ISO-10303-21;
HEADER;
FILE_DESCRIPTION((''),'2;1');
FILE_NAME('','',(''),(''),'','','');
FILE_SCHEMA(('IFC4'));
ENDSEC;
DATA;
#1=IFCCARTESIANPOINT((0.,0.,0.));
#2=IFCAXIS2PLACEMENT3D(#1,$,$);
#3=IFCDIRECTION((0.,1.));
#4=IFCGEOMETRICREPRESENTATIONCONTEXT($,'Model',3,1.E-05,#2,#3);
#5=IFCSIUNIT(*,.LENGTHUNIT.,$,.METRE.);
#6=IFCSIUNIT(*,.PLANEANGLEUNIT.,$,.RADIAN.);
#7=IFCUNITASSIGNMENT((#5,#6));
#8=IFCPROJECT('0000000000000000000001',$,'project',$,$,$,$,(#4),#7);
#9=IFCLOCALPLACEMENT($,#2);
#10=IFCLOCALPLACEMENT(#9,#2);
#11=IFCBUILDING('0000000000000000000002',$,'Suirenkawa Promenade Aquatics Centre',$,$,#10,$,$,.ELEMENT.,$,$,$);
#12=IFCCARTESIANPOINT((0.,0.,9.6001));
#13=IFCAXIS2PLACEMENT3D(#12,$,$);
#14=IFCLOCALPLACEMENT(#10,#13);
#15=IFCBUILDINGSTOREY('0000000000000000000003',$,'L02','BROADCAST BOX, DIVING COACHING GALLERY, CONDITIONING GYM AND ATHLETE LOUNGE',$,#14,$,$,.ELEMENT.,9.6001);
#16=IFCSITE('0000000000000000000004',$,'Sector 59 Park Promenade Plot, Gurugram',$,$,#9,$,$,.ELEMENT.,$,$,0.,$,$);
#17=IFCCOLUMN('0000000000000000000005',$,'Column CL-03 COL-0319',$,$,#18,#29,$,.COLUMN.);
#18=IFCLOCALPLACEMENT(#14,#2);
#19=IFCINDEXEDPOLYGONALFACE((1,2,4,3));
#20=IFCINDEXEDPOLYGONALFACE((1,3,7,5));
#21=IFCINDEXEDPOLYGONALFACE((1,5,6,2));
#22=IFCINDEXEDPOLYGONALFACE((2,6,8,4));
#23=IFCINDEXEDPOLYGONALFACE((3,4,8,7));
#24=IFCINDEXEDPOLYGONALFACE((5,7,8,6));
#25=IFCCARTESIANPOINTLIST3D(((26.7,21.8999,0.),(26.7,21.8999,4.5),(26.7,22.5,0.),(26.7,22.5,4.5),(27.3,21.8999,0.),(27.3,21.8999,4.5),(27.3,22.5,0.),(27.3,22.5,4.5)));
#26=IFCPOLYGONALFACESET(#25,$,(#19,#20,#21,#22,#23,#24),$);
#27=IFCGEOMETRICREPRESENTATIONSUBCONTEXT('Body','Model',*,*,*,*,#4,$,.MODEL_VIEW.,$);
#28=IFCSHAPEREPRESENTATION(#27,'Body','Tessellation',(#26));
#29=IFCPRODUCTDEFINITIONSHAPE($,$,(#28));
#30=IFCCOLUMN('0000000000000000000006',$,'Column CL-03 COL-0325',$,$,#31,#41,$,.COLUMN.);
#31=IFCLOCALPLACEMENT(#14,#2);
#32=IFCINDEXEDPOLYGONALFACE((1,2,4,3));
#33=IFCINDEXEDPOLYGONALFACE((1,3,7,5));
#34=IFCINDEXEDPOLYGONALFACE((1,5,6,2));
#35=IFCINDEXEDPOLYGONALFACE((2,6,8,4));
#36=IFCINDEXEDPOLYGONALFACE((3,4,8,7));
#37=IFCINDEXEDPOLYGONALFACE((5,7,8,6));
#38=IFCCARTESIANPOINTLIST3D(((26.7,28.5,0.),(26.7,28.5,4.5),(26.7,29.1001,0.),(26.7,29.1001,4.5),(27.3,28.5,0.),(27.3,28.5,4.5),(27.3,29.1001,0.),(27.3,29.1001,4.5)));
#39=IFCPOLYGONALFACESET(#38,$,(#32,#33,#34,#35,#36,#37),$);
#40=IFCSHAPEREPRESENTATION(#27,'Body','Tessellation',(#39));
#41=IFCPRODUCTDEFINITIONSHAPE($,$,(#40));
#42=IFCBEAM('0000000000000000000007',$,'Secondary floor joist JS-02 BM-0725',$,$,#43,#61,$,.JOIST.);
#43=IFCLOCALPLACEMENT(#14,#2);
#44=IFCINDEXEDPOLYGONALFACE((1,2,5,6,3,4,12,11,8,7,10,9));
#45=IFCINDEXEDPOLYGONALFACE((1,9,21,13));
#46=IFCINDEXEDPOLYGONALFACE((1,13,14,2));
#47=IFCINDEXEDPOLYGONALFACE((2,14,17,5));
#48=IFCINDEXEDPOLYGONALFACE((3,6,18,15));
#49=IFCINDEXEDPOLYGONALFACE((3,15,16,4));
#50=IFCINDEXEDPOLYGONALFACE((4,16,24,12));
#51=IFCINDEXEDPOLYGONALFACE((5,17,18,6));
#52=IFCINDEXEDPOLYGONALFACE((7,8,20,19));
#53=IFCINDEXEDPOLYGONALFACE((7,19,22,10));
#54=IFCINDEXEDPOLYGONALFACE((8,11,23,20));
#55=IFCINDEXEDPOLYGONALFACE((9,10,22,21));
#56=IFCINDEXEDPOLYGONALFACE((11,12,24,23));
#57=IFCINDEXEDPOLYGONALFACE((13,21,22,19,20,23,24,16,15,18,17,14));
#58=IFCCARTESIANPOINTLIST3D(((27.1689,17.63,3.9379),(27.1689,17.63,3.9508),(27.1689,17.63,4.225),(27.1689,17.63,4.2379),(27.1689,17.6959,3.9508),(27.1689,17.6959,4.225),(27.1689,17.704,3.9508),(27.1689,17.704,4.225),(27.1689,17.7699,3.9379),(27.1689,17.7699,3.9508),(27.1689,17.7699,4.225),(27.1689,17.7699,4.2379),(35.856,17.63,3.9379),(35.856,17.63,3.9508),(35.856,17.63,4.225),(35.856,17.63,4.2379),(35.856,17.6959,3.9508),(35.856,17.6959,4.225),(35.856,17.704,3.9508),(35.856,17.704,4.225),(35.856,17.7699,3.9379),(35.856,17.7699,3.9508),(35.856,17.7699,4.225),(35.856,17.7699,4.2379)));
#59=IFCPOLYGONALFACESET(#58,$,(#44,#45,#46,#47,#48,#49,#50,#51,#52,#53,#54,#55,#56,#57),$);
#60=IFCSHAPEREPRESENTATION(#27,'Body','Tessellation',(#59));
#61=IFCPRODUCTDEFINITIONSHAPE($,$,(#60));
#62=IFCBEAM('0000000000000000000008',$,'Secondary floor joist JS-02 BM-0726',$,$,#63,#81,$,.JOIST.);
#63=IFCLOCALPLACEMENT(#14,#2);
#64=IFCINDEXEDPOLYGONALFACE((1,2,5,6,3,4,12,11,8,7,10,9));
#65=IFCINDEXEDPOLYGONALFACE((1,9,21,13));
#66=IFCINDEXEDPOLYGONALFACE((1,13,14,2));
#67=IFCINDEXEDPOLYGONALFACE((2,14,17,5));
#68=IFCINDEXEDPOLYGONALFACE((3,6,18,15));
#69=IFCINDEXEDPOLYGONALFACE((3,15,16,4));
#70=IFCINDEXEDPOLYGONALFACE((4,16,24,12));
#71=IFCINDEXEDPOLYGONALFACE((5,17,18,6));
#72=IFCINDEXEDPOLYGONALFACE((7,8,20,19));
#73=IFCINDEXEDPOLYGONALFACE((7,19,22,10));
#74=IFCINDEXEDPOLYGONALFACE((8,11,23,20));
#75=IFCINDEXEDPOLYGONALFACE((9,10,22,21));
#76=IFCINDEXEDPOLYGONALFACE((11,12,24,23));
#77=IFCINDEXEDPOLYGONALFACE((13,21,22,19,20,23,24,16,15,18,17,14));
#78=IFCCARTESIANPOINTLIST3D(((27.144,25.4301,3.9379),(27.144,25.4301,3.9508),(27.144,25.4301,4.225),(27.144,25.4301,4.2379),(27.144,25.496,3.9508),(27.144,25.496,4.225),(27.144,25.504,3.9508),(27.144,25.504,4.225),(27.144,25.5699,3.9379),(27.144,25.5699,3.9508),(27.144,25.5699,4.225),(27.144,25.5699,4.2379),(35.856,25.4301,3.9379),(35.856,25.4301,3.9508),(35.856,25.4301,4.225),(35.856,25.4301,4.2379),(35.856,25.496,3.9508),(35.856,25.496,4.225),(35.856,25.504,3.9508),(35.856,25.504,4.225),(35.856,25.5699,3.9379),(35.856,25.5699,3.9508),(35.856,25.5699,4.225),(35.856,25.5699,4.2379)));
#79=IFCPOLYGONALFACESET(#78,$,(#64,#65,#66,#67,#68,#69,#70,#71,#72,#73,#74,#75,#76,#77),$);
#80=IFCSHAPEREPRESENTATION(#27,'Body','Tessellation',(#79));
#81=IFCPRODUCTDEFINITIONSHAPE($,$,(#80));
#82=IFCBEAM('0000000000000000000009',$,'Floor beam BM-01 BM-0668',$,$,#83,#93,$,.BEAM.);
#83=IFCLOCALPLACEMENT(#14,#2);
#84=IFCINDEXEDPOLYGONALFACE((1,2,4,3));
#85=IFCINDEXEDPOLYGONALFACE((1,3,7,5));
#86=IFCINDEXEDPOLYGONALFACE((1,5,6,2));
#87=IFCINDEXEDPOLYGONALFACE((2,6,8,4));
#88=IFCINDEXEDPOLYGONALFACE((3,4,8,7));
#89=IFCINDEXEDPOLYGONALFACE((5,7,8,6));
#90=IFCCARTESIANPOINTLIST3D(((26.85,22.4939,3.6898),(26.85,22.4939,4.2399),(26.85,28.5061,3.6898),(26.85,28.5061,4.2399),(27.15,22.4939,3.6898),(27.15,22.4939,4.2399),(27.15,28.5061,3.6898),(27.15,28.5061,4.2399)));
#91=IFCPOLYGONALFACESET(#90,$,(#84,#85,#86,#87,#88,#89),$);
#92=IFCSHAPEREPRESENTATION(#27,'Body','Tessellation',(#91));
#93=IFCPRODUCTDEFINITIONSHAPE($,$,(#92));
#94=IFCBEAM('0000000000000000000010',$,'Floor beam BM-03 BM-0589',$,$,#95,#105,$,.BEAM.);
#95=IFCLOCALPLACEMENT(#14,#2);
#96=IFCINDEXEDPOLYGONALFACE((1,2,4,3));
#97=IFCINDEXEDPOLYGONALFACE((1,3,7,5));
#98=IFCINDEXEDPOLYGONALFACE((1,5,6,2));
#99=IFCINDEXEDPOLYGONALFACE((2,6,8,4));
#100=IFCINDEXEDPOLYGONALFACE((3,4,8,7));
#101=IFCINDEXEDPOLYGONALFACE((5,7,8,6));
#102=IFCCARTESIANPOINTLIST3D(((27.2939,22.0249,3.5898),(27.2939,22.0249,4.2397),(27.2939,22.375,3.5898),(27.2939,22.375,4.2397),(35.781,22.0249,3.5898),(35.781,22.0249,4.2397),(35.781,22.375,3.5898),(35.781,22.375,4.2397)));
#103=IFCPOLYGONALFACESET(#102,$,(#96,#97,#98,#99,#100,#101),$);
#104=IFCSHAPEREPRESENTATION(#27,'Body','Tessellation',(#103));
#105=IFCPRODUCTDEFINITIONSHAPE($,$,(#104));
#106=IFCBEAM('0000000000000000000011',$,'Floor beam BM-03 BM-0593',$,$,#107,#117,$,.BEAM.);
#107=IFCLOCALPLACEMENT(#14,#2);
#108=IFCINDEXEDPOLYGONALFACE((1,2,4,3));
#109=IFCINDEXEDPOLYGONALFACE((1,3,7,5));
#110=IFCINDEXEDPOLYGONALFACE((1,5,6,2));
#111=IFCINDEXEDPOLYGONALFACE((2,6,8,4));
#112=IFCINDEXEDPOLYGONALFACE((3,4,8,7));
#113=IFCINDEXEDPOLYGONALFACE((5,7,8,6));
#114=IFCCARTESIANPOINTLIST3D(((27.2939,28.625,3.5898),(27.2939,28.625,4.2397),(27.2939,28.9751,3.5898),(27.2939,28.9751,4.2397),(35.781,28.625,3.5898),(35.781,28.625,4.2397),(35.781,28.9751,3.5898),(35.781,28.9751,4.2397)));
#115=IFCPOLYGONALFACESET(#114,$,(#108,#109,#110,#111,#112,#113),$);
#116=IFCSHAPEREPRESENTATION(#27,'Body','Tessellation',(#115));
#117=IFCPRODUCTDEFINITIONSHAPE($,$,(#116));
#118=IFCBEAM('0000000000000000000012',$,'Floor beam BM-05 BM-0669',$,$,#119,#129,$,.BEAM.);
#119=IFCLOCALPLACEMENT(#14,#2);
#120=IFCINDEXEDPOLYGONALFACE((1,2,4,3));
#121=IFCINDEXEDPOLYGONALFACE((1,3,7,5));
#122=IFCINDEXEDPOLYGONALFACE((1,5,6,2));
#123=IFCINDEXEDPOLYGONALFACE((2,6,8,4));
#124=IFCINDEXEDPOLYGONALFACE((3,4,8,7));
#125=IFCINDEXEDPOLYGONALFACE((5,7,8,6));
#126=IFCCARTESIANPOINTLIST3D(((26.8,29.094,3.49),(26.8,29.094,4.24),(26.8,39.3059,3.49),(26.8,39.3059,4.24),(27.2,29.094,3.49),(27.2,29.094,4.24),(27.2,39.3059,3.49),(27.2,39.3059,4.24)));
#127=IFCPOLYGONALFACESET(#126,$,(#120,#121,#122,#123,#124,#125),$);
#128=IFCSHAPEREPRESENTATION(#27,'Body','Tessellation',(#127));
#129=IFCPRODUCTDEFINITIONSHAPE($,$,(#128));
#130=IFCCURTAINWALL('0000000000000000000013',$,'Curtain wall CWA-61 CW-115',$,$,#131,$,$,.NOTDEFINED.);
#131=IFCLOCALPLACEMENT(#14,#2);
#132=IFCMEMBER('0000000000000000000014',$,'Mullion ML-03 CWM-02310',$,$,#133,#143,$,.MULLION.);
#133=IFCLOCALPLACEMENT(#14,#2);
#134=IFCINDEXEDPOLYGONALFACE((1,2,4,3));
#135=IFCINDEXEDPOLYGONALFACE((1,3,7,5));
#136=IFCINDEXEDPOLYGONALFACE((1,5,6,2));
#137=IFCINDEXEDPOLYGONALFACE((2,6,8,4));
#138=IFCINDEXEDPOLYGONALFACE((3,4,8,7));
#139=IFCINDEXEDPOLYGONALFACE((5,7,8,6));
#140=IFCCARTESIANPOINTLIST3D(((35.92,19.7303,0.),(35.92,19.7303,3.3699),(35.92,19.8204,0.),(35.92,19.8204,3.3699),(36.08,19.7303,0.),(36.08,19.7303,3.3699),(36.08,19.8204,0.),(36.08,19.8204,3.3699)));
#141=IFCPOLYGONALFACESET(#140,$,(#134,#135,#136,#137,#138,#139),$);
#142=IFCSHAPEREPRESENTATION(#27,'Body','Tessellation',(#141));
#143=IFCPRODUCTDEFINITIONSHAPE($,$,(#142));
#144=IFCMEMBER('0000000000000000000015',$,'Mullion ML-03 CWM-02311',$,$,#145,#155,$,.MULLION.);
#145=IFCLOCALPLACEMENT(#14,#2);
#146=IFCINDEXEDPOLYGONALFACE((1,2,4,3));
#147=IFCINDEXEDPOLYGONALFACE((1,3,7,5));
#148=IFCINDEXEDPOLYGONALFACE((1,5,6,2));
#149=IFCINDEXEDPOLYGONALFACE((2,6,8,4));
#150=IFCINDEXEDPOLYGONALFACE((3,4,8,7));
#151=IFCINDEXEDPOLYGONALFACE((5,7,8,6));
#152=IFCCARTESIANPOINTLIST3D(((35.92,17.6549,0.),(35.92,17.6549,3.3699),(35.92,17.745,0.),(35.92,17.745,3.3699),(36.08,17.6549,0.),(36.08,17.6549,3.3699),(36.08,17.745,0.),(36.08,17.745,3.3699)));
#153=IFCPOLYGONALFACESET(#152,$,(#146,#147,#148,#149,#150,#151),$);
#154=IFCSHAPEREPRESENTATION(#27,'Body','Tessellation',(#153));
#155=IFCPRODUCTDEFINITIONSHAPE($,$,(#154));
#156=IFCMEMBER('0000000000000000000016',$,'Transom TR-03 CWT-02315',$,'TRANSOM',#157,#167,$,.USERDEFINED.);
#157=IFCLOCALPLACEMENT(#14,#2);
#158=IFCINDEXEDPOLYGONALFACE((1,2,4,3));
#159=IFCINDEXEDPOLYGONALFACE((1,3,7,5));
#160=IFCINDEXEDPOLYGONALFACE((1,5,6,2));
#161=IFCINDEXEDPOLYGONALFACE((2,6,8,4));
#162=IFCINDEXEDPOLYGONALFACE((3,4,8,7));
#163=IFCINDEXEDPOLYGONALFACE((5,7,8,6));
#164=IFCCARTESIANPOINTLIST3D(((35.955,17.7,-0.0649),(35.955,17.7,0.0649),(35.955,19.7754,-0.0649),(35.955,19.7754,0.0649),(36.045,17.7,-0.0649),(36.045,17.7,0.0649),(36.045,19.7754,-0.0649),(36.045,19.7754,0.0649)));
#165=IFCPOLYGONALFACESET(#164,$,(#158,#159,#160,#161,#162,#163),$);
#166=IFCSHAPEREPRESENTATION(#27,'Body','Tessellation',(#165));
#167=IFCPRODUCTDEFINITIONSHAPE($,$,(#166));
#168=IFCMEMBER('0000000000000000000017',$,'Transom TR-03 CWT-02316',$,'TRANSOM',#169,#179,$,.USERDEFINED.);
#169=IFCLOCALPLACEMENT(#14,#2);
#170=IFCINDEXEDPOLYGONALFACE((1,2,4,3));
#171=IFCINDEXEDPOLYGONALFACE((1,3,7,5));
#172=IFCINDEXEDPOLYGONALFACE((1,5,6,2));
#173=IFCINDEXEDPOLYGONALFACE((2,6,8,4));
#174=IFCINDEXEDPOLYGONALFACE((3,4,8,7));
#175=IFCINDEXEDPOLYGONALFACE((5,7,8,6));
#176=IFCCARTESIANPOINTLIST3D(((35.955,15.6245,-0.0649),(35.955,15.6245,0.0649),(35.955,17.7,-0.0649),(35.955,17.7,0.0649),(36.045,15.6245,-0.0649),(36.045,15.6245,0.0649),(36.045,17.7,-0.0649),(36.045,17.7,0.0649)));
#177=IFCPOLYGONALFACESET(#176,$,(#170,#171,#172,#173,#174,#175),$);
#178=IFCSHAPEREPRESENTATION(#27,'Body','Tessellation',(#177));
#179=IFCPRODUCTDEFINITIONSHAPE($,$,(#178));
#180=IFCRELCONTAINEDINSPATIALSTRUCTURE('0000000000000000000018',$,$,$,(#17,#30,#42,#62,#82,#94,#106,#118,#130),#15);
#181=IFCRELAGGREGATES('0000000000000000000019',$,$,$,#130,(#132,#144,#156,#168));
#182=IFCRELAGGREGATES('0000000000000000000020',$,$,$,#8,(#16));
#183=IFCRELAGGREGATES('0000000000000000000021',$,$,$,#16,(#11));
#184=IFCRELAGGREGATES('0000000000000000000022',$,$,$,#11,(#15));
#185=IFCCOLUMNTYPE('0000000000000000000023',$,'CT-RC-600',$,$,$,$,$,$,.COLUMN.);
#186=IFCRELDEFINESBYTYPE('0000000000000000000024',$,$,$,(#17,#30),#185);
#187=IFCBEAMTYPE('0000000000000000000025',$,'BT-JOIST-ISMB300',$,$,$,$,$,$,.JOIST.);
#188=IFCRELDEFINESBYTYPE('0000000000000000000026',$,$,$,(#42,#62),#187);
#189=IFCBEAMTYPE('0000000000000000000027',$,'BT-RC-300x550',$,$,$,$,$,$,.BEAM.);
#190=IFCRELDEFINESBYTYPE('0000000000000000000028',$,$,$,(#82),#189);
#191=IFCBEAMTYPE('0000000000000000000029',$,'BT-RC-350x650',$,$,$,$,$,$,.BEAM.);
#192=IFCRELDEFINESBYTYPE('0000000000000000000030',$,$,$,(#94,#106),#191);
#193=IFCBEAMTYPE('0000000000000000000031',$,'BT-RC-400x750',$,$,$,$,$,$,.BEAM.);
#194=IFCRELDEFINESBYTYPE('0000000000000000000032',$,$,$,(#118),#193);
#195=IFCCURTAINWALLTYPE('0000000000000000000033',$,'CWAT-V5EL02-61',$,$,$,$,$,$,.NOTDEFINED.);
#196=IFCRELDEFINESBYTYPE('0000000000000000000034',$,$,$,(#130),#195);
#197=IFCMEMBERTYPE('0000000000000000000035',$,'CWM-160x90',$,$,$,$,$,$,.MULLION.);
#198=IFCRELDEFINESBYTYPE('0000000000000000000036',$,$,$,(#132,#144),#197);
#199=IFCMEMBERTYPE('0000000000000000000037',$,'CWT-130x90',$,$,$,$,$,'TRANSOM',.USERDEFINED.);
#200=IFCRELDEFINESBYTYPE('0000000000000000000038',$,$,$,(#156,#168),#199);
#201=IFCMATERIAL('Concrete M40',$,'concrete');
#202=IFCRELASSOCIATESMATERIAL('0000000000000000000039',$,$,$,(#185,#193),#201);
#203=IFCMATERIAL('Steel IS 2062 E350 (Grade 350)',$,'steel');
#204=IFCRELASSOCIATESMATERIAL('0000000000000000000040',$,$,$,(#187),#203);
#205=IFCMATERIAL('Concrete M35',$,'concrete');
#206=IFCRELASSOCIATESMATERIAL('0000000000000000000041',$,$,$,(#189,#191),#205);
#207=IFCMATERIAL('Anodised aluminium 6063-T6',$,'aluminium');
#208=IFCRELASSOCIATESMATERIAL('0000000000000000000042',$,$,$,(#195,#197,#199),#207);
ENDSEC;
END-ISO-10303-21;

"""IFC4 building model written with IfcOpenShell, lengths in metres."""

from ifc_helpers import new_model, si_unit, direction, frame, origin, origin_2d, place, context, subcontext, project, spatial, rectangle, i_section, extrude, material, material_profile, profile_set, type_object, element, aggregate, save


model = new_model("IFC4")

# Units and contexts
model_context = context("Model", 3, precision=1e-05, world=origin(), true_north=direction((0.0, 1.0)))
body_context = subcontext(model_context, "Body", "Model", "MODEL_VIEW")
ifc_project = project(units=[si_unit("LENGTHUNIT", "METRE"), si_unit("PLANEANGLEUNIT", "RADIAN")], contexts=[model_context])

# Site, building, storey
site_placement = place(None, origin())
site = spatial("IfcSite", under=ifc_project, at=site_placement, Name="Sector 59 Park Promenade Plot, Gurugram", CompositionType="ELEMENT", RefElevation=0.0)
building_placement = place(site_placement, origin())
building = spatial("IfcBuilding", under=site, at=building_placement, Name="Suirenkawa Promenade Aquatics Centre", CompositionType="ELEMENT")
storey_placement = place(building_placement, frame((0.0, 0.0, 9.6001)))
storey = spatial("IfcBuildingStorey", under=building, at=storey_placement, Name="L02", Description="BROADCAST BOX, DIVING COACHING GALLERY, CONDITIONING GYM AND ATHLETE LOUNGE", CompositionType="ELEMENT", Elevation=9.6001)

# Columns
ifc_material_1 = material(Name="Concrete M40", Category="concrete")
ifc_material_profile_1 = material_profile(ifc_material_1, rectangle(XDim=0.6001, YDim=0.6001, at=origin_2d()), Name="RC COL 600x600", Category="concrete")
ifc_profile_set_1 = profile_set([ifc_material_profile_1], Name="Concrete M40")
column_type = type_object("IfcColumnType", Name="CT-RC-600", PredefinedType="COLUMN", material=ifc_profile_set_1)
for number, where, z_axis, x_axis, name in (
    (1, (27.0, 22.2, 0.0), (0.0, 0.0, 1.0), (1.0, 0.0, 0.0), "Column CL-03 COL-0319"),
    (2, (27.0, 28.8, 0.0), (0.0, 0.0, 1.0), (1.0, 0.0, 0.0), "Column CL-03 COL-0325"),
):
    element("IfcColumn", number, at=place(storey_placement, frame(where, z_axis=z_axis, x_axis=x_axis)), inside=storey, type_object=column_type, Name=name, PredefinedType="COLUMN", context=body_context, shape_type="SweptSolid", body=[
        extrude(rectangle(XDim=0.6001, YDim=0.6001, at=origin_2d()), origin(), (0.0, 0.0, 1.0), 4.5),
    ])

# Beams
ifc_material_2 = material(Name="Steel IS 2062 E350 (Grade 350)", Category="steel")
ifc_material_profile_2 = material_profile(ifc_material_2, i_section(OverallWidth=0.1399, OverallDepth=0.3, WebThickness=0.0081, FlangeThickness=0.0129, at=origin_2d()), Name="ISMB 300", Category="steel")
ifc_profile_set_2 = profile_set([ifc_material_profile_2], Name="Steel IS 2062 E350 (Grade 350)")
beam_type_1 = type_object("IfcBeamType", Name="BT-JOIST-ISMB300", PredefinedType="JOIST", material=ifc_profile_set_2)
beam_1_placement = place(storey_placement, frame((27.1689, 17.7, 4.0879), z_axis=(1.0, 0.0, 0.0), x_axis=(0.0, 1.0, 0.0)))
element("IfcBeam", 3, at=beam_1_placement, inside=storey, type_object=beam_type_1, Name="Secondary floor joist JS-02 BM-0725", PredefinedType="JOIST", context=body_context, shape_type="SweptSolid", body=[
    extrude(i_section(OverallWidth=0.1399, OverallDepth=0.3, WebThickness=0.0081, FlangeThickness=0.0129, at=origin_2d()), origin(), (0.0, 0.0, 1.0), 8.687),
])
beam_2_placement = place(storey_placement, frame((27.144, 25.5, 4.0879), z_axis=(1.0, 0.0, 0.0), x_axis=(0.0, 1.0, 0.0)))
element("IfcBeam", 4, at=beam_2_placement, inside=storey, type_object=beam_type_1, Name="Secondary floor joist JS-02 BM-0726", PredefinedType="JOIST", context=body_context, shape_type="SweptSolid", body=[
    extrude(i_section(OverallWidth=0.1399, OverallDepth=0.3, WebThickness=0.0081, FlangeThickness=0.0129, at=origin_2d()), origin(), (0.0, 0.0, 1.0), 8.7119),
])
ifc_material_3 = material(Name="Concrete M35", Category="concrete")
ifc_material_profile_3 = material_profile(ifc_material_3, rectangle(XDim=0.3, YDim=0.55, at=origin_2d()), Name="RC BM 300x550", Category="concrete")
ifc_profile_set_3 = profile_set([ifc_material_profile_3], Name="Concrete M35")
beam_type_2 = type_object("IfcBeamType", Name="BT-RC-300x550", PredefinedType="BEAM", material=ifc_profile_set_3)
beam_3_placement = place(storey_placement, frame((27.0, 22.4939, 3.9648), z_axis=(0.0, 1.0, 0.0), x_axis=(-1.0, 0.0, 0.0)))
element("IfcBeam", 5, at=beam_3_placement, inside=storey, type_object=beam_type_2, Name="Floor beam BM-01 BM-0668", PredefinedType="BEAM", context=body_context, shape_type="SweptSolid", body=[
    extrude(rectangle(XDim=0.3, YDim=0.55, at=origin_2d()), origin(), (0.0, 0.0, 1.0), 6.0122),
])
ifc_material_profile_4 = material_profile(ifc_material_3, rectangle(XDim=0.3501, YDim=0.6499, at=origin_2d()), Name="RC BM 350x650", Category="concrete")
ifc_profile_set_4 = profile_set([ifc_material_profile_4], Name="Concrete M35")
beam_type_3 = type_object("IfcBeamType", Name="BT-RC-350x650", PredefinedType="BEAM", material=ifc_profile_set_4)
for number, where, z_axis, x_axis, name in (
    (6, (27.2939, 22.2, 3.9148), (1.0, 0.0, 0.0), (0.0, 1.0, 0.0), "Floor beam BM-03 BM-0589"),
    (7, (27.2939, 28.8, 3.9148), (1.0, 0.0, 0.0), (0.0, 1.0, 0.0), "Floor beam BM-03 BM-0593"),
):
    element("IfcBeam", number, at=place(storey_placement, frame(where, z_axis=z_axis, x_axis=x_axis)), inside=storey, type_object=beam_type_3, Name=name, PredefinedType="BEAM", context=body_context, shape_type="SweptSolid", body=[
        extrude(rectangle(XDim=0.3501, YDim=0.6499, at=origin_2d()), origin(), (0.0, 0.0, 1.0), 8.4871),
    ])
ifc_material_profile_5 = material_profile(ifc_material_1, rectangle(XDim=0.3999, YDim=0.75, at=origin_2d()), Name="RC BM 400x750", Category="concrete")
ifc_profile_set_5 = profile_set([ifc_material_profile_5], Name="Concrete M40")
beam_type_4 = type_object("IfcBeamType", Name="BT-RC-400x750", PredefinedType="BEAM", material=ifc_profile_set_5)
beam_4_placement = place(storey_placement, frame((27.0, 29.094, 3.865), z_axis=(0.0, 1.0, 0.0), x_axis=(-1.0, 0.0, 0.0)))
element("IfcBeam", 8, at=beam_4_placement, inside=storey, type_object=beam_type_4, Name="Floor beam BM-05 BM-0669", PredefinedType="BEAM", context=body_context, shape_type="SweptSolid", body=[
    extrude(rectangle(XDim=0.3999, YDim=0.75, at=origin_2d()), origin(), (0.0, 0.0, 1.0), 10.2119),
])

# Curtain wall, members
ifc_material_4 = material(Name="Anodised aluminium 6063-T6", Category="aluminium")
curtain_wall_type = type_object("IfcCurtainWallType", Name="CWAT-V5EL02-61", PredefinedType="NOTDEFINED", material=ifc_material_4)
curtain_wall_placement = place(storey_placement, origin())
curtain_wall = element("IfcCurtainWall", 9, at=curtain_wall_placement, inside=storey, type_object=curtain_wall_type, Name="Curtain wall CWA-61 CW-115", PredefinedType="NOTDEFINED")
ifc_material_profile_6 = material_profile(ifc_material_4, rectangle(XDim=0.0901, YDim=0.1599, at=origin_2d()), Name="ALU MULL 90x160", Category="aluminium")
ifc_profile_set_6 = profile_set([ifc_material_profile_6], Name="Anodised aluminium 6063-T6")
member_type_1 = type_object("IfcMemberType", Name="CWM-160x90", PredefinedType="MULLION", material=ifc_profile_set_6)
member_1_placement = place(storey_placement, frame((36.0, 19.7754, 0.0), z_axis=(0.0, 0.0, 1.0), x_axis=(0.0, -1.0, 0.0)))
member_1 = element("IfcMember", 10, at=member_1_placement, type_object=member_type_1, Name="Mullion ML-03 CWM-02310", PredefinedType="MULLION", context=body_context, shape_type="SweptSolid", body=[
    extrude(rectangle(XDim=0.0901, YDim=0.1599, at=origin_2d()), origin(), (0.0, 0.0, 1.0), 3.3699),
])
member_2_placement = place(storey_placement, frame((36.0, 17.7, 0.0), z_axis=(0.0, 0.0, 1.0), x_axis=(0.0, -1.0, 0.0)))
member_2 = element("IfcMember", 11, at=member_2_placement, type_object=member_type_1, Name="Mullion ML-03 CWM-02311", PredefinedType="MULLION", context=body_context, shape_type="SweptSolid", body=[
    extrude(rectangle(XDim=0.0901, YDim=0.1599, at=origin_2d()), origin(), (0.0, 0.0, 1.0), 3.3699),
])
ifc_material_profile_7 = material_profile(ifc_material_4, rectangle(XDim=0.0901, YDim=0.1299, at=origin_2d()), Name="ALU TRAN 90x130", Category="aluminium")
ifc_profile_set_7 = profile_set([ifc_material_profile_7], Name="Anodised aluminium 6063-T6")
member_type_2 = type_object("IfcMemberType", Name="CWT-130x90", ElementType="TRANSOM", PredefinedType="USERDEFINED", material=ifc_profile_set_7)
member_3_placement = place(storey_placement, frame((36.0, 19.7754, 0.0), z_axis=(0.0, -1.0, 0.0), x_axis=(1.0, 0.0, 0.0)))
member_3 = element("IfcMember", 12, at=member_3_placement, type_object=member_type_2, Name="Transom TR-03 CWT-02315", ObjectType="TRANSOM", PredefinedType="USERDEFINED", context=body_context, shape_type="SweptSolid", body=[
    extrude(rectangle(XDim=0.0901, YDim=0.1299, at=origin_2d()), origin(), (0.0, 0.0, 1.0), 2.0754),
])
member_4_placement = place(storey_placement, frame((36.0, 17.7, 0.0), z_axis=(0.0, -1.0, 0.0), x_axis=(1.0, 0.0, 0.0)))
member_4 = element("IfcMember", 13, at=member_4_placement, type_object=member_type_2, Name="Transom TR-03 CWT-02316", ObjectType="TRANSOM", PredefinedType="USERDEFINED", context=body_context, shape_type="SweptSolid", body=[
    extrude(rectangle(XDim=0.0901, YDim=0.1299, at=origin_2d()), origin(), (0.0, 0.0, 1.0), 2.0754),
])
aggregate(curtain_wall, [member_1, member_2, member_3, member_4])

save(model, "model.ifc")
